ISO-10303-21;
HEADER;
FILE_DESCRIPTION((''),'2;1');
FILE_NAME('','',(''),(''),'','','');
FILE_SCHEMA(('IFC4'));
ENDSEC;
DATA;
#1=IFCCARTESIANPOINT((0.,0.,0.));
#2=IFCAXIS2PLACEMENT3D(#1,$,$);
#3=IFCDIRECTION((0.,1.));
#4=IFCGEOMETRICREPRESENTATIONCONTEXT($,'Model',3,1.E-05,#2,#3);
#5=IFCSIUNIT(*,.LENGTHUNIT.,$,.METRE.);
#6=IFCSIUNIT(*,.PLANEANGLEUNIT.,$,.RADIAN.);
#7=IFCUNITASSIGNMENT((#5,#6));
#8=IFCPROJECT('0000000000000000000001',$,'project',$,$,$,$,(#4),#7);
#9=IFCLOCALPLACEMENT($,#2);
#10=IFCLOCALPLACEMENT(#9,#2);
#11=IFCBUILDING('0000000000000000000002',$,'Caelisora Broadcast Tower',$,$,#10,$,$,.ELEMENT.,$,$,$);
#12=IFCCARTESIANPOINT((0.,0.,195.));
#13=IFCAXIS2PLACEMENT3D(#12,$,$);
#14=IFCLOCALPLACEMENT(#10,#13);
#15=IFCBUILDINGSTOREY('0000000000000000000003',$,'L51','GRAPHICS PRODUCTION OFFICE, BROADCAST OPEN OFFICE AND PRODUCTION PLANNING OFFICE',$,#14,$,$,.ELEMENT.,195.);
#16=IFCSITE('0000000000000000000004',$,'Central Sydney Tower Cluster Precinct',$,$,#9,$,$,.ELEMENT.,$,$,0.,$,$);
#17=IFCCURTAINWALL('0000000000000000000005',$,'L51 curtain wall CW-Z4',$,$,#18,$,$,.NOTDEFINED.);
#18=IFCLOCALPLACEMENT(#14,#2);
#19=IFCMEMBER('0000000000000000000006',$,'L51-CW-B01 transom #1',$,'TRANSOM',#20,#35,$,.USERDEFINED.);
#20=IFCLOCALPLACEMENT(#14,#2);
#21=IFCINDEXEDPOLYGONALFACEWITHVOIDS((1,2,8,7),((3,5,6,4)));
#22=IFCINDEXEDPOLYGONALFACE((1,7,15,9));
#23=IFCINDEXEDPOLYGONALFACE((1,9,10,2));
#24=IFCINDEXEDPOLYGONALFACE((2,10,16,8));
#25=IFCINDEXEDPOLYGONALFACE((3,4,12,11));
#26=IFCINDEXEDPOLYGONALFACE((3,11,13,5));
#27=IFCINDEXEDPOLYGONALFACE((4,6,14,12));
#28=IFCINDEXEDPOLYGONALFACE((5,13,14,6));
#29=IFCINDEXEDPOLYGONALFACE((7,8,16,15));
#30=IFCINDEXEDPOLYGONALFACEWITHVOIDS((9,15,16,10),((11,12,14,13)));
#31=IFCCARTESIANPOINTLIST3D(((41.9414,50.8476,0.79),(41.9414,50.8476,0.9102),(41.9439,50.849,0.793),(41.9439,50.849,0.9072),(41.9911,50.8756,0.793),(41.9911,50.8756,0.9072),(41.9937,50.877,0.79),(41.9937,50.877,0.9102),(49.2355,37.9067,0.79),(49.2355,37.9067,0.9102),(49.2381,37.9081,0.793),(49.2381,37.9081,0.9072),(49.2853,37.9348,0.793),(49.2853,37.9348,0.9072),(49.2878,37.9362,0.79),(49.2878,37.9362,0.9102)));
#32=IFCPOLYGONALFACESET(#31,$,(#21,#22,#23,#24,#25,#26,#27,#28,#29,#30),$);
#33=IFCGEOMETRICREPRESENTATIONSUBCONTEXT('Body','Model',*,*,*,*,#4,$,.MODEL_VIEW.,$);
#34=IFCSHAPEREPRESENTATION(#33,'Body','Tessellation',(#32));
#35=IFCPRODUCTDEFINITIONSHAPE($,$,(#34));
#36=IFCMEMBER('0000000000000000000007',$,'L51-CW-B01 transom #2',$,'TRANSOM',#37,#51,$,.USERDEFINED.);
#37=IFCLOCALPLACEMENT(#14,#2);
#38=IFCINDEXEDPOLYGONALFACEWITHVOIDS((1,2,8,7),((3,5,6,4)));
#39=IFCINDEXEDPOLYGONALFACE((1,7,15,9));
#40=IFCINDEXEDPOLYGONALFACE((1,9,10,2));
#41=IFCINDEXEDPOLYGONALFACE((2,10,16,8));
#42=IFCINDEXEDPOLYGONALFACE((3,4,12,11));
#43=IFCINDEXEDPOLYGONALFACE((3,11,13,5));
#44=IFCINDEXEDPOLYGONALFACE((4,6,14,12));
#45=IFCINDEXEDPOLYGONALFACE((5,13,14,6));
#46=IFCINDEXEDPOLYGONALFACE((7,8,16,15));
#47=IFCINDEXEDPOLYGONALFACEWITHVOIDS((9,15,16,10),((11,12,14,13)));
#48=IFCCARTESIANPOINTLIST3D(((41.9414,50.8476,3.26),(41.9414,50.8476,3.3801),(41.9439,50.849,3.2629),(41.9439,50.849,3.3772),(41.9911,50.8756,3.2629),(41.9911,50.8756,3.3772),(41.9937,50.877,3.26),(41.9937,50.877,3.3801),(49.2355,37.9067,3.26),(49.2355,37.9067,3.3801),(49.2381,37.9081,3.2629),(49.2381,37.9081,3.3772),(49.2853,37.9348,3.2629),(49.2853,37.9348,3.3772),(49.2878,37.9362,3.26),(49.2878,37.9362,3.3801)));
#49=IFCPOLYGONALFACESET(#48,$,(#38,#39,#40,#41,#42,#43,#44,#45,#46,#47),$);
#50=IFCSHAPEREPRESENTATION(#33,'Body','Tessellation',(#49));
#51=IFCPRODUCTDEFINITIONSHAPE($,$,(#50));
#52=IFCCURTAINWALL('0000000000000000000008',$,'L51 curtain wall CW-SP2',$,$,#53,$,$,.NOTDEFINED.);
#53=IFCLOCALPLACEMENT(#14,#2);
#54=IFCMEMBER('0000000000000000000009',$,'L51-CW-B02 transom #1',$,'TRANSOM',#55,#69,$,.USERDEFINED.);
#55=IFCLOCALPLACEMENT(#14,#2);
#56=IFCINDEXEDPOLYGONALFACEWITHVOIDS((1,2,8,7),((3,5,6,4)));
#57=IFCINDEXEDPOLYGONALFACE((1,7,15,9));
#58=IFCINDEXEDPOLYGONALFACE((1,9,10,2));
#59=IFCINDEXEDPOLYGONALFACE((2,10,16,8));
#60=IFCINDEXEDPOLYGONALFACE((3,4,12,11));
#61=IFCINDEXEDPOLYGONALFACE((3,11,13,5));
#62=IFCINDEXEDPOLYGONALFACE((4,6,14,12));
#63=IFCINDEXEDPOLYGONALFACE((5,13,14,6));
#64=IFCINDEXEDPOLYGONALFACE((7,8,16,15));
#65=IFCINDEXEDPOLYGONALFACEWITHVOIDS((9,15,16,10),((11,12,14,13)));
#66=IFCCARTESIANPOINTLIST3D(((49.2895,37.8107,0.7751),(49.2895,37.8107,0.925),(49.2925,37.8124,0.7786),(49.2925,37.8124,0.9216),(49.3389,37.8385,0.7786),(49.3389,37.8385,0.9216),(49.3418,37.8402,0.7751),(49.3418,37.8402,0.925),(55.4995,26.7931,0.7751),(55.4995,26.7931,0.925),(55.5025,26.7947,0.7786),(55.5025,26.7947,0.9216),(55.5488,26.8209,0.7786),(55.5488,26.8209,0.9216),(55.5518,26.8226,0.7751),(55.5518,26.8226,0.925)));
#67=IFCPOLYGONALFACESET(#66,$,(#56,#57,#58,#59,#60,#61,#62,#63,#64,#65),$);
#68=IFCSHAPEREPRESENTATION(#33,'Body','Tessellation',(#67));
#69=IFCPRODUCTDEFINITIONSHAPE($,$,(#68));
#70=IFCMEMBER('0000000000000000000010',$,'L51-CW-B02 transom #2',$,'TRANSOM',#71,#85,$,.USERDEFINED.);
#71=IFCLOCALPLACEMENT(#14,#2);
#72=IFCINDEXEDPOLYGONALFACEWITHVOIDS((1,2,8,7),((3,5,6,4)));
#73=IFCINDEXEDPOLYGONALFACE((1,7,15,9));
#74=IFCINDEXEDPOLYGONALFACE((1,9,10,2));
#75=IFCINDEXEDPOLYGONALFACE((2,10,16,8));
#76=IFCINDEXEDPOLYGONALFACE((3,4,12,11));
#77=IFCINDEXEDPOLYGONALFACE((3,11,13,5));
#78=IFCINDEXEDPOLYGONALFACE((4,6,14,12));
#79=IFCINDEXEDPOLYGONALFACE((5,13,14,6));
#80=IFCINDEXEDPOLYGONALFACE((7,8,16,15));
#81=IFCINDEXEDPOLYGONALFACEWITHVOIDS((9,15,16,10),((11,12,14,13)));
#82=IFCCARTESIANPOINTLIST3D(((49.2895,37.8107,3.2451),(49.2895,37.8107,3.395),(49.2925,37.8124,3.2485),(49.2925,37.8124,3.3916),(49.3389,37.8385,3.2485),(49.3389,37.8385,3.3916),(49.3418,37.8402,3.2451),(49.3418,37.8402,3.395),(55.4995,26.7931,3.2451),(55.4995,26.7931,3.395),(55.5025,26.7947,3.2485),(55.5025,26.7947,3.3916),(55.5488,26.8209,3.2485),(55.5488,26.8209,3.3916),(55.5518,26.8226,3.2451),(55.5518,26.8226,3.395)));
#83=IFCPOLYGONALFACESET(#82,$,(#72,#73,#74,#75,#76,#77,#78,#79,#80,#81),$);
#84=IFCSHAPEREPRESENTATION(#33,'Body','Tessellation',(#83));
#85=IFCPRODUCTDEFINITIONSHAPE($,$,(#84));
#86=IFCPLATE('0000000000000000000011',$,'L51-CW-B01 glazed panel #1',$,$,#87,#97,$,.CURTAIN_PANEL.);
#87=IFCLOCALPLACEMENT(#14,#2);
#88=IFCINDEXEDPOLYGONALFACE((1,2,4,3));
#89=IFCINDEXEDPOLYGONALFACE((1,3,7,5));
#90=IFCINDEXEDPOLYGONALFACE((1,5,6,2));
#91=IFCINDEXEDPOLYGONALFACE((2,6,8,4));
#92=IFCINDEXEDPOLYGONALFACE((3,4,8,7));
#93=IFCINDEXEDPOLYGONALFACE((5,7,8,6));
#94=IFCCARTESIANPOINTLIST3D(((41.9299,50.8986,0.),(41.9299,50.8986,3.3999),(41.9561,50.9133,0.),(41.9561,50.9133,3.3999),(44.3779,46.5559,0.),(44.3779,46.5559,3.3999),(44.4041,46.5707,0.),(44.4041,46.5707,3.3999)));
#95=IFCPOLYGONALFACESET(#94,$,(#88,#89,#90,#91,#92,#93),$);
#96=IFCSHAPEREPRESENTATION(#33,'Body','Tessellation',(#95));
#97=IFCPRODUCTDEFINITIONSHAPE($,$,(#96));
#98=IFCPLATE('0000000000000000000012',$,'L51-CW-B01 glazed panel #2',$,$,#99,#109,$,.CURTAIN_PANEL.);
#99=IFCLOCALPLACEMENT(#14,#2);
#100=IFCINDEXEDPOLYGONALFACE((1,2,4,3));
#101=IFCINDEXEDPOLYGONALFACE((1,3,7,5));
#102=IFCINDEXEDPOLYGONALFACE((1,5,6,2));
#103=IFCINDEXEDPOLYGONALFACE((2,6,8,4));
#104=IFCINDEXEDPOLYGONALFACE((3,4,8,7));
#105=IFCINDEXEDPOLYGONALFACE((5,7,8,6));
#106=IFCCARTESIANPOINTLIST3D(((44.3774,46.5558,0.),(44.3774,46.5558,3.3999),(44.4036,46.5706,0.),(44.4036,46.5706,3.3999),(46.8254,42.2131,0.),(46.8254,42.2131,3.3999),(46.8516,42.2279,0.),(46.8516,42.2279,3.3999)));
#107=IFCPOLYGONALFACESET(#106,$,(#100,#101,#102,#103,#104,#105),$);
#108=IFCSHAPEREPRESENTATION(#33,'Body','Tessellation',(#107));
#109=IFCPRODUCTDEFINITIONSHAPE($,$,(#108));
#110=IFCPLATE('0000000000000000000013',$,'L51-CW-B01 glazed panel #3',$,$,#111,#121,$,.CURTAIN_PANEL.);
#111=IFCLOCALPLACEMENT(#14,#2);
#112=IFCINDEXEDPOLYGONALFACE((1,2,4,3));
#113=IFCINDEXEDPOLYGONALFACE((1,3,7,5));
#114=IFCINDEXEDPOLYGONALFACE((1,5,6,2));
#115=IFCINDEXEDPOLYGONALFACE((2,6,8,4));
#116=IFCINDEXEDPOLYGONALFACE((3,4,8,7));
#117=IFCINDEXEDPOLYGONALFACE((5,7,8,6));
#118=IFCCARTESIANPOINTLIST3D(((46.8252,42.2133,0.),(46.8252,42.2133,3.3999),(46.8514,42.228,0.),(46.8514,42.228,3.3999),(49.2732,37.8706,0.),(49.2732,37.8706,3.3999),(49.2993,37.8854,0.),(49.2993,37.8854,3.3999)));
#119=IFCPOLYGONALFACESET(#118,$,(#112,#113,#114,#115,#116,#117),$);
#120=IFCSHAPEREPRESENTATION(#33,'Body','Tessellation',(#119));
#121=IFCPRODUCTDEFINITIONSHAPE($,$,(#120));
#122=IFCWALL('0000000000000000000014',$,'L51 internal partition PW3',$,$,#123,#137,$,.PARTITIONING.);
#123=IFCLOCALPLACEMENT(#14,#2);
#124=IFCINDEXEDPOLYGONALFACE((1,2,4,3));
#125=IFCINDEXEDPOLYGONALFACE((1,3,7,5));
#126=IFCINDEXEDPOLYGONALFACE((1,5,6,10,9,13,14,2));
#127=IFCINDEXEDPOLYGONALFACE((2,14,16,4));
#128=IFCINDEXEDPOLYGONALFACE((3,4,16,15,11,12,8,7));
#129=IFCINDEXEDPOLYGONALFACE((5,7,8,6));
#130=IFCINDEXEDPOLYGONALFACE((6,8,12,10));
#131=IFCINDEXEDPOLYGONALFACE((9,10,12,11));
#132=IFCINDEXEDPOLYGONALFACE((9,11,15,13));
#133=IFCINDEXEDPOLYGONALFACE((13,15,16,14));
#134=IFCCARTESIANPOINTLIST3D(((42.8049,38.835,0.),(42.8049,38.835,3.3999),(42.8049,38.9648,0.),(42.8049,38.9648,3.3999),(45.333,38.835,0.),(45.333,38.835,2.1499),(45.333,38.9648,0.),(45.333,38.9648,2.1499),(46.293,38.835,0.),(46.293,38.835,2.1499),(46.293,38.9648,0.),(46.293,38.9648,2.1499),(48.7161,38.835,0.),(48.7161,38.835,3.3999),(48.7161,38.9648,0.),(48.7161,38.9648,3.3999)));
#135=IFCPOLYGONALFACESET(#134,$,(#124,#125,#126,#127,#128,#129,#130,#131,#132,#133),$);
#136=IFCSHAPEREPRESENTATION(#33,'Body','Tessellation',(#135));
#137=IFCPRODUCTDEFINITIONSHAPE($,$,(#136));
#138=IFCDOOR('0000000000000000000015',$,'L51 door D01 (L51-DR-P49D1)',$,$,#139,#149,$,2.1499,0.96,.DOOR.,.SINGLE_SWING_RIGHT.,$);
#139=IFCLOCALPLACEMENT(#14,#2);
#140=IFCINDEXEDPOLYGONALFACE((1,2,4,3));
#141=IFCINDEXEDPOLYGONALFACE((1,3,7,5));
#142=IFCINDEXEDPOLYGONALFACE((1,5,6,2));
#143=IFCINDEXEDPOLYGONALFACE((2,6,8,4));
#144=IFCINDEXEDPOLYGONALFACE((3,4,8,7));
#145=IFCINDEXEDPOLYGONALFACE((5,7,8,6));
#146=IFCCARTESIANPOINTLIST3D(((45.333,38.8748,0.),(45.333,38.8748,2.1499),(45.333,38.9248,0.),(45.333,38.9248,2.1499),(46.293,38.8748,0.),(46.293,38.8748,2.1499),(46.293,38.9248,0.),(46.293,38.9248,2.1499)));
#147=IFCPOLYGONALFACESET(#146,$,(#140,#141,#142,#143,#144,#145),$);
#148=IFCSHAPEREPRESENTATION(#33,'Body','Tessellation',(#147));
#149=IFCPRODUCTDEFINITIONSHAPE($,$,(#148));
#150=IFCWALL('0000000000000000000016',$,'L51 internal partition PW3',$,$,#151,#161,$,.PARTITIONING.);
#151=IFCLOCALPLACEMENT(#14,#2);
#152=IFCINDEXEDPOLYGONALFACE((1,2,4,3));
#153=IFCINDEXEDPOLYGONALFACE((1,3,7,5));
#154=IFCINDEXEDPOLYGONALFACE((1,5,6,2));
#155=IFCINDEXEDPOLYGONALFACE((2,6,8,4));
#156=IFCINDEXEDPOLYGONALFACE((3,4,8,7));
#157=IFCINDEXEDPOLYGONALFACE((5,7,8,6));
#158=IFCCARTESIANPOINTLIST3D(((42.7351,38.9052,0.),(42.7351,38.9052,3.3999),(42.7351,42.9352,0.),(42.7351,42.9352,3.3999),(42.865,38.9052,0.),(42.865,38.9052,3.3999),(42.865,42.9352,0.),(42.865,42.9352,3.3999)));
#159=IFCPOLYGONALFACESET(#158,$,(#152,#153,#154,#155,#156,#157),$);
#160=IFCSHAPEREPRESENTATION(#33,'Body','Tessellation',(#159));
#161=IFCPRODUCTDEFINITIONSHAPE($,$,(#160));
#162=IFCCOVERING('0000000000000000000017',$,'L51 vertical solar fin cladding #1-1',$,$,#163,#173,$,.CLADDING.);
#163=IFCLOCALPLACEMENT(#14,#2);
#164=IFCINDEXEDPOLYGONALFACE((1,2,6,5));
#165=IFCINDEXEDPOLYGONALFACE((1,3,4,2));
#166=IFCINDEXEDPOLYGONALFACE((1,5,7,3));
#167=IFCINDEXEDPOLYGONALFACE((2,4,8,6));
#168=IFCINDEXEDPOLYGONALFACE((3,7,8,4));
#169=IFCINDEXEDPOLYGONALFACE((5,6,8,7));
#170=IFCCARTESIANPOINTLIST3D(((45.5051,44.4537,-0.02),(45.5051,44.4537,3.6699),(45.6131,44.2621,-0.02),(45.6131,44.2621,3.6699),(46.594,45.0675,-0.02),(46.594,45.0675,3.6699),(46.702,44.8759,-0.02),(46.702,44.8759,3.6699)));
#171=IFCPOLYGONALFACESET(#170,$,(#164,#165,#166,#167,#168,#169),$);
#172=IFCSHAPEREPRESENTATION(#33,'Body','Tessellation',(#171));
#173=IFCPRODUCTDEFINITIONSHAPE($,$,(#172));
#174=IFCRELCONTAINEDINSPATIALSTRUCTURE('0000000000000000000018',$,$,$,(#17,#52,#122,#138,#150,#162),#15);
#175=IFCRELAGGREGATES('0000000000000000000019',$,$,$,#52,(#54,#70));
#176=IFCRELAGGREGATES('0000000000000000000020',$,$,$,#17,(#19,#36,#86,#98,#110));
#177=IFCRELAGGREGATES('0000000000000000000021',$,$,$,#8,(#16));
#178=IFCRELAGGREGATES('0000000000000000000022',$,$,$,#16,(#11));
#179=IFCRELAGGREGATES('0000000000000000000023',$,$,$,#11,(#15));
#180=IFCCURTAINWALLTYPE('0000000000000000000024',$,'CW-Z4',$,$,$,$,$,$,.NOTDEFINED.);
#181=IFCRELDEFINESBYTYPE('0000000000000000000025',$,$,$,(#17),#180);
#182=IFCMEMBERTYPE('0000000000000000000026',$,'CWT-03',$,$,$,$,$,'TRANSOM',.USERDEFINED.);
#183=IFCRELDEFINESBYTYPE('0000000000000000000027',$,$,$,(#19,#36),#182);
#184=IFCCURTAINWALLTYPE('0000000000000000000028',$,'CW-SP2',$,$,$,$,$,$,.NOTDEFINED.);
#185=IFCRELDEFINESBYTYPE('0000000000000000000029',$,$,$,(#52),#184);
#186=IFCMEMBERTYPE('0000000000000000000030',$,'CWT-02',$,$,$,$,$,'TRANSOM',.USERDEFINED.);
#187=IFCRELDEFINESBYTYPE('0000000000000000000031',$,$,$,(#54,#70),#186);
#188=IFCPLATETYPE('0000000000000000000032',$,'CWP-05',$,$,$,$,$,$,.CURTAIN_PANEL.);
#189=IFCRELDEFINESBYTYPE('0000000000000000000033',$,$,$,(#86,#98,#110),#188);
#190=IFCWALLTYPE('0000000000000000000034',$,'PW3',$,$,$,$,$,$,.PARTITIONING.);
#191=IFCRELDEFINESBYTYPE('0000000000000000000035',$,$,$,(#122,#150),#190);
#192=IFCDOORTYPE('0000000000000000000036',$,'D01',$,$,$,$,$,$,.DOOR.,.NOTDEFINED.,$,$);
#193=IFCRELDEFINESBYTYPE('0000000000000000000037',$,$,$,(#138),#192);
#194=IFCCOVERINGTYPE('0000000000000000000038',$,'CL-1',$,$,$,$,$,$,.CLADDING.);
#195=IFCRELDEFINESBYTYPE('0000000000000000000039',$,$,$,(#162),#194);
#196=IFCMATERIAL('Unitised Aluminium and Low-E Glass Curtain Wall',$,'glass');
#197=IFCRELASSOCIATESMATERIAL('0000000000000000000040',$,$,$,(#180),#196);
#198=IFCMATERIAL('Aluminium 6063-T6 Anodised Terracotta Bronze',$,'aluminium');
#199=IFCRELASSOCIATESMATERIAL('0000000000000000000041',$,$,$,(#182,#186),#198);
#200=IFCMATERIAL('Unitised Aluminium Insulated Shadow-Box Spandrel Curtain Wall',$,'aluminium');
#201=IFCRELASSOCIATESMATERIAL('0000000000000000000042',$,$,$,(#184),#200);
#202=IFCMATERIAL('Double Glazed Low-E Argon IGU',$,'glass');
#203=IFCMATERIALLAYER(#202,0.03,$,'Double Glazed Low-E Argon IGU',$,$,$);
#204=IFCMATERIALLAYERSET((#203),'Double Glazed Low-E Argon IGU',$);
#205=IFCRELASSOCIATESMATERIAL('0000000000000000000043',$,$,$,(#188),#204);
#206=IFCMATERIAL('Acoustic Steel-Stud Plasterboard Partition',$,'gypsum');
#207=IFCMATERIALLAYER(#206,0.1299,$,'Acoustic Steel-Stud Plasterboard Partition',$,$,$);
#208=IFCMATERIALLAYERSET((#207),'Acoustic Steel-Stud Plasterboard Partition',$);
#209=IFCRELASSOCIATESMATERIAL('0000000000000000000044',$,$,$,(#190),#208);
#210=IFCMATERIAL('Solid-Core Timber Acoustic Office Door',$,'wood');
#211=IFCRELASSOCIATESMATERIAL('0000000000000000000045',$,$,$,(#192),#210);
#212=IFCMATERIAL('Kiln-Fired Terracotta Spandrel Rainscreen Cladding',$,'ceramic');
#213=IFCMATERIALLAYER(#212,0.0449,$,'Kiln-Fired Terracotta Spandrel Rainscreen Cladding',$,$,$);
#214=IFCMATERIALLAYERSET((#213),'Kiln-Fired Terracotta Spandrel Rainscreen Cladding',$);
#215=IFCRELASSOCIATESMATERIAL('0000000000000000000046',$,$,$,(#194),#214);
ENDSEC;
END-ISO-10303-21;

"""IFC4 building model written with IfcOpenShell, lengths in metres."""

from ifc_helpers import new_model, si_unit, direction, frame, frame_2d, origin, origin_2d, place, context, subcontext, project, spatial, rectangle, hollow_rectangle, extrude, source, transform, mapped, material, layer, layer_set, material_profile, profile_set, type_object, type_shapes, element, fill, aggregate, save


model = new_model("IFC4")

# Units and contexts
model_context = context("Model", 3, precision=1e-05, world=origin(), true_north=direction((0.0, 1.0)))
body_context = subcontext(model_context, "Body", "Model", "MODEL_VIEW")
ifc_project = project(units=[si_unit("LENGTHUNIT", "METRE"), si_unit("PLANEANGLEUNIT", "RADIAN")], contexts=[model_context])

# Site, building, storey
site_placement = place(None, origin())
site = spatial("IfcSite", under=ifc_project, at=site_placement, Name="Central Sydney Tower Cluster Precinct", CompositionType="ELEMENT", RefElevation=0.0)
building_placement = place(site_placement, origin())
building = spatial("IfcBuilding", under=site, at=building_placement, Name="Caelisora Broadcast Tower", CompositionType="ELEMENT")
storey_placement = place(building_placement, frame((0.0, 0.0, 195.0)))
storey = spatial("IfcBuildingStorey", under=building, at=storey_placement, Name="L51", Description="GRAPHICS PRODUCTION OFFICE, BROADCAST OPEN OFFICE AND PRODUCTION PLANNING OFFICE", CompositionType="ELEMENT", Elevation=195.0)

# Curtain walls, members
ifc_material_1 = material(Name="Unitised Aluminium and Low-E Glass Curtain Wall", Category="glass")
curtain_wall_type_1 = type_object("IfcCurtainWallType", Name="CW-Z4", PredefinedType="NOTDEFINED", material=ifc_material_1)
curtain_wall_1_placement = place(storey_placement, origin())
curtain_wall_1 = element("IfcCurtainWall", 1, at=curtain_wall_1_placement, inside=storey, type_object=curtain_wall_type_1, Name="L51 curtain wall CW-Z4", PredefinedType="NOTDEFINED")
ifc_material_2 = material(Name="Aluminium 6063-T6 Anodised Terracotta Bronze", Category="aluminium")
ifc_material_profile_1 = material_profile(ifc_material_2, hollow_rectangle(XDim=0.0601, YDim=0.1201, WallThickness=0.0029, at=origin_2d()), Name="Aluminium 6063-T6 Anodised Terracotta Bronze")
ifc_profile_set_1 = profile_set([ifc_material_profile_1], Name="Aluminium 6063-T6 Anodised Terracotta Bronze")
member_type_1 = type_object("IfcMemberType", Name="CWT-03", ElementType="TRANSOM", PredefinedType="USERDEFINED", material=ifc_profile_set_1)
shared_shape_1 = source(origin(), body_context, "Body", "SweptSolid", [
    extrude(hollow_rectangle(XDim=0.0601, YDim=0.1201, WallThickness=0.0029, at=origin_2d()), origin(), (0.0, 0.0, 1.0), 14.855),
])
type_shapes(member_type_1, [shared_shape_1])
member_1_placement = place(storey_placement, frame((41.9675, 50.8623, 0.8501), z_axis=(0.491024, -0.871146, 0.0), x_axis=(0.871146, 0.491024, 0.0)))
member_1 = element("IfcMember", 2, at=member_1_placement, type_object=member_type_1, Name="L51-CW-B01 transom #1", ObjectType="TRANSOM", PredefinedType="USERDEFINED", context=body_context, shape_type="MappedRepresentation", body=[
    mapped(shared_shape_1, transform((0.0, 0.0, 0.0), scale=1.0)),
])
member_2_placement = place(storey_placement, frame((41.9675, 50.8623, 3.3201), z_axis=(0.491024, -0.871146, 0.0), x_axis=(0.871146, 0.491024, 0.0)))
member_2 = element("IfcMember", 3, at=member_2_placement, type_object=member_type_1, Name="L51-CW-B01 transom #2", ObjectType="TRANSOM", PredefinedType="USERDEFINED", context=body_context, shape_type="MappedRepresentation", body=[
    mapped(shared_shape_1, transform((0.0, 0.0, 0.0), scale=1.0)),
])
ifc_material_3 = material(Name="Unitised Aluminium Insulated Shadow-Box Spandrel Curtain Wall", Category="aluminium")
curtain_wall_type_2 = type_object("IfcCurtainWallType", Name="CW-SP2", PredefinedType="NOTDEFINED", material=ifc_material_3)
curtain_wall_2_placement = place(storey_placement, origin())
curtain_wall_2 = element("IfcCurtainWall", 4, at=curtain_wall_2_placement, inside=storey, type_object=curtain_wall_type_2, Name="L51 curtain wall CW-SP2", PredefinedType="NOTDEFINED")
ifc_material_profile_2 = material_profile(ifc_material_2, hollow_rectangle(XDim=0.0601, YDim=0.1499, WallThickness=0.0034, at=origin_2d()), Name="Aluminium 6063-T6 Anodised Terracotta Bronze")
ifc_profile_set_2 = profile_set([ifc_material_profile_2], Name="Aluminium 6063-T6 Anodised Terracotta Bronze")
member_type_2 = type_object("IfcMemberType", Name="CWT-02", ElementType="TRANSOM", PredefinedType="USERDEFINED", material=ifc_profile_set_2)
shared_shape_2 = source(origin(), body_context, "Body", "SweptSolid", [
    extrude(hollow_rectangle(XDim=0.0601, YDim=0.1499, WallThickness=0.0034, at=origin_2d()), origin(), (0.0, 0.0, 1.0), 12.6472),
])
type_shapes(member_type_2, [shared_shape_2])
member_3_placement = place(storey_placement, frame((49.3157, 37.8254, 0.8501), z_axis=(0.491016, -0.87115, 0.0), x_axis=(0.87115, 0.491016, 0.0)))
member_3 = element("IfcMember", 5, at=member_3_placement, type_object=member_type_2, Name="L51-CW-B02 transom #1", ObjectType="TRANSOM", PredefinedType="USERDEFINED", context=body_context, shape_type="MappedRepresentation", body=[
    mapped(shared_shape_2, transform((0.0, 0.0, 0.0), scale=1.0)),
])
member_4_placement = place(storey_placement, frame((49.3157, 37.8254, 3.3201), z_axis=(0.491016, -0.87115, 0.0), x_axis=(0.87115, 0.491016, 0.0)))
member_4 = element("IfcMember", 6, at=member_4_placement, type_object=member_type_2, Name="L51-CW-B02 transom #2", ObjectType="TRANSOM", PredefinedType="USERDEFINED", context=body_context, shape_type="MappedRepresentation", body=[
    mapped(shared_shape_2, transform((0.0, 0.0, 0.0), scale=1.0)),
])
aggregate(curtain_wall_2, [member_3, member_4])

# Plates
ifc_material_4 = material(Name="Double Glazed Low-E Argon IGU", Category="glass")
ifc_layer_1 = layer(ifc_material_4, 0.03, Name="Double Glazed Low-E Argon IGU")
ifc_layer_set_1 = layer_set([ifc_layer_1], Name="Double Glazed Low-E Argon IGU")
plate_type = type_object("IfcPlateType", Name="CWP-05", PredefinedType="CURTAIN_PANEL", material=ifc_layer_set_1)
shared_shape_3 = source(origin(), body_context, "Body", "SweptSolid", [
    extrude(rectangle(XDim=4.9851, YDim=0.03, at=origin_2d()), origin(), (0.0, 0.0, 1.0), 3.3999),
])
type_shapes(plate_type, [shared_shape_3])
plate_1_placement = place(storey_placement, frame((43.167, 48.7346, 0.0), z_axis=(0.0, 0.0, 1.0), x_axis=(0.491056, -0.871128, 0.0)))
plate_1 = element("IfcPlate", 7, at=plate_1_placement, type_object=plate_type, Name="L51-CW-B01 glazed panel #1", PredefinedType="CURTAIN_PANEL", context=body_context, shape_type="MappedRepresentation", body=[
    mapped(shared_shape_3, transform((0.0, 0.0, 0.0), scale=1.0)),
])
plate_2_placement = place(storey_placement, frame((45.6145, 44.3918, 0.0), z_axis=(0.0, 0.0, 1.0), x_axis=(0.491056, -0.871128, 0.0)))
plate_2 = element("IfcPlate", 8, at=plate_2_placement, type_object=plate_type, Name="L51-CW-B01 glazed panel #2", PredefinedType="CURTAIN_PANEL", context=body_context, shape_type="MappedRepresentation", body=[
    mapped(shared_shape_3, transform((0.0, 0.0, 0.0), scale=1.0)),
])
plate_3_placement = place(storey_placement, frame((48.0623, 40.0493, 0.0), z_axis=(0.0, 0.0, 1.0), x_axis=(0.491056, -0.871128, 0.0)))
plate_3 = element("IfcPlate", 9, at=plate_3_placement, type_object=plate_type, Name="L51-CW-B01 glazed panel #3", PredefinedType="CURTAIN_PANEL", context=body_context, shape_type="MappedRepresentation", body=[
    mapped(shared_shape_3, transform((0.0, 0.0, 0.0), scale=1.0)),
])
aggregate(curtain_wall_1, [member_1, member_2, plate_1, plate_2, plate_3])

# Wall, opening, door
ifc_material_5 = material(Name="Acoustic Steel-Stud Plasterboard Partition", Category="gypsum")
ifc_layer_2 = layer(ifc_material_5, 0.1299, Name="Acoustic Steel-Stud Plasterboard Partition")
ifc_layer_set_2 = layer_set([ifc_layer_2], Name="Acoustic Steel-Stud Plasterboard Partition")
wall_type = type_object("IfcWallType", Name="PW3", PredefinedType="PARTITIONING", material=ifc_layer_set_2)
wall_1_placement = place(storey_placement, frame((42.8049, 38.8999, 0.0), z_axis=(0.0, 0.0, 1.0), x_axis=(1.0, 0.0, 0.0)))
wall_1 = element("IfcWall", 10, at=wall_1_placement, inside=storey, type_object=wall_type, Name="L51 internal partition PW3", PredefinedType="PARTITIONING", context=body_context, shape_type="SweptSolid", body=[
    extrude(rectangle(XDim=5.9111, YDim=0.1299, at=frame_2d((2.9556, 0.0))), origin(), (0.0, 0.0, 1.0), 3.3999),
])
opening_1_placement = place(wall_1_placement, frame((2.5281, 0.0, 0.0)))
opening_1 = element("IfcOpeningElement", 11, at=opening_1_placement, cuts=wall_1, PredefinedType="OPENING", context=body_context, shape_type="SweptSolid", body=[
    extrude(rectangle(XDim=0.96, YDim=2.1499, at=frame_2d((0.48, 1.075))), frame((0.0, 0.0769, 0.0), z_axis=(0.0, -1.0, 0.0), x_axis=(1.0, 0.0, 0.0)), (0.0, 0.0, 1.0), 0.1538),
])
ifc_material_6 = material(Name="Solid-Core Timber Acoustic Office Door", Category="wood")
door_type = type_object("IfcDoorType", Name="D01", OperationType="NOTDEFINED", PredefinedType="DOOR", material=ifc_material_6)
door_1_placement = place(opening_1_placement, origin())
door_1 = element("IfcDoor", 12, at=door_1_placement, inside=storey, type_object=door_type, Name="L51 door D01 (L51-DR-P49D1)", OperationType="SINGLE_SWING_RIGHT", OverallHeight=2.1499, OverallWidth=0.96, PredefinedType="DOOR", context=body_context, shape_type="SweptSolid", body=[
    extrude(rectangle(XDim=0.96, YDim=2.1499, at=frame_2d((0.48, 1.075))), frame((0.0, 0.0249, 0.0), z_axis=(0.0, -1.0, 0.0), x_axis=(1.0, 0.0, 0.0)), (0.0, 0.0, 1.0), 0.05),
])
fill(opening_1, door_1)

# Wall
wall_2_placement = place(storey_placement, frame((42.8, 38.905, 0.0), z_axis=(0.0, 0.0, 1.0), x_axis=(0.0, 1.0, 0.0)))
element("IfcWall", 13, at=wall_2_placement, inside=storey, type_object=wall_type, Name="L51 internal partition PW3", PredefinedType="PARTITIONING", context=body_context, shape_type="SweptSolid", body=[
    extrude(rectangle(XDim=4.03, YDim=0.1299, at=frame_2d((2.0151, 0.0))), origin(), (0.0, 0.0, 1.0), 3.3999),
])

# Covering
ifc_material_7 = material(Name="Kiln-Fired Terracotta Spandrel Rainscreen Cladding", Category="ceramic")
ifc_layer_3 = layer(ifc_material_7, 0.0449, Name="Kiln-Fired Terracotta Spandrel Rainscreen Cladding")
ifc_layer_set_3 = layer_set([ifc_layer_3], Name="Kiln-Fired Terracotta Spandrel Rainscreen Cladding")
covering_type = type_object("IfcCoveringType", Name="CL-1", PredefinedType="CLADDING", material=ifc_layer_set_3)
shared_shape_4 = source(origin(), body_context, "Body", "SweptSolid", [
    extrude(rectangle(XDim=0.22, YDim=1.25, at=origin_2d()), origin(), (0.0, 0.0, 1.0), 3.6899),
])
type_shapes(covering_type, [shared_shape_4])
for number, where, z_axis, x_axis, name in (
    (14, (46.1035, 44.6648, -0.02), (0.0, 0.0, 1.0), (0.491056, -0.871128, 0.0), "L51 vertical solar fin cladding #1-1"),
):
    element("IfcCovering", number, at=place(storey_placement, frame(where, z_axis=z_axis, x_axis=x_axis)), inside=storey, type_object=covering_type, Name=name, PredefinedType="CLADDING", context=body_context, shape_type="MappedRepresentation", body=[
        mapped(shared_shape_4, transform((0.0, 0.0, 0.0), scale=1.0)),
    ])

save(model, "model.ifc")
